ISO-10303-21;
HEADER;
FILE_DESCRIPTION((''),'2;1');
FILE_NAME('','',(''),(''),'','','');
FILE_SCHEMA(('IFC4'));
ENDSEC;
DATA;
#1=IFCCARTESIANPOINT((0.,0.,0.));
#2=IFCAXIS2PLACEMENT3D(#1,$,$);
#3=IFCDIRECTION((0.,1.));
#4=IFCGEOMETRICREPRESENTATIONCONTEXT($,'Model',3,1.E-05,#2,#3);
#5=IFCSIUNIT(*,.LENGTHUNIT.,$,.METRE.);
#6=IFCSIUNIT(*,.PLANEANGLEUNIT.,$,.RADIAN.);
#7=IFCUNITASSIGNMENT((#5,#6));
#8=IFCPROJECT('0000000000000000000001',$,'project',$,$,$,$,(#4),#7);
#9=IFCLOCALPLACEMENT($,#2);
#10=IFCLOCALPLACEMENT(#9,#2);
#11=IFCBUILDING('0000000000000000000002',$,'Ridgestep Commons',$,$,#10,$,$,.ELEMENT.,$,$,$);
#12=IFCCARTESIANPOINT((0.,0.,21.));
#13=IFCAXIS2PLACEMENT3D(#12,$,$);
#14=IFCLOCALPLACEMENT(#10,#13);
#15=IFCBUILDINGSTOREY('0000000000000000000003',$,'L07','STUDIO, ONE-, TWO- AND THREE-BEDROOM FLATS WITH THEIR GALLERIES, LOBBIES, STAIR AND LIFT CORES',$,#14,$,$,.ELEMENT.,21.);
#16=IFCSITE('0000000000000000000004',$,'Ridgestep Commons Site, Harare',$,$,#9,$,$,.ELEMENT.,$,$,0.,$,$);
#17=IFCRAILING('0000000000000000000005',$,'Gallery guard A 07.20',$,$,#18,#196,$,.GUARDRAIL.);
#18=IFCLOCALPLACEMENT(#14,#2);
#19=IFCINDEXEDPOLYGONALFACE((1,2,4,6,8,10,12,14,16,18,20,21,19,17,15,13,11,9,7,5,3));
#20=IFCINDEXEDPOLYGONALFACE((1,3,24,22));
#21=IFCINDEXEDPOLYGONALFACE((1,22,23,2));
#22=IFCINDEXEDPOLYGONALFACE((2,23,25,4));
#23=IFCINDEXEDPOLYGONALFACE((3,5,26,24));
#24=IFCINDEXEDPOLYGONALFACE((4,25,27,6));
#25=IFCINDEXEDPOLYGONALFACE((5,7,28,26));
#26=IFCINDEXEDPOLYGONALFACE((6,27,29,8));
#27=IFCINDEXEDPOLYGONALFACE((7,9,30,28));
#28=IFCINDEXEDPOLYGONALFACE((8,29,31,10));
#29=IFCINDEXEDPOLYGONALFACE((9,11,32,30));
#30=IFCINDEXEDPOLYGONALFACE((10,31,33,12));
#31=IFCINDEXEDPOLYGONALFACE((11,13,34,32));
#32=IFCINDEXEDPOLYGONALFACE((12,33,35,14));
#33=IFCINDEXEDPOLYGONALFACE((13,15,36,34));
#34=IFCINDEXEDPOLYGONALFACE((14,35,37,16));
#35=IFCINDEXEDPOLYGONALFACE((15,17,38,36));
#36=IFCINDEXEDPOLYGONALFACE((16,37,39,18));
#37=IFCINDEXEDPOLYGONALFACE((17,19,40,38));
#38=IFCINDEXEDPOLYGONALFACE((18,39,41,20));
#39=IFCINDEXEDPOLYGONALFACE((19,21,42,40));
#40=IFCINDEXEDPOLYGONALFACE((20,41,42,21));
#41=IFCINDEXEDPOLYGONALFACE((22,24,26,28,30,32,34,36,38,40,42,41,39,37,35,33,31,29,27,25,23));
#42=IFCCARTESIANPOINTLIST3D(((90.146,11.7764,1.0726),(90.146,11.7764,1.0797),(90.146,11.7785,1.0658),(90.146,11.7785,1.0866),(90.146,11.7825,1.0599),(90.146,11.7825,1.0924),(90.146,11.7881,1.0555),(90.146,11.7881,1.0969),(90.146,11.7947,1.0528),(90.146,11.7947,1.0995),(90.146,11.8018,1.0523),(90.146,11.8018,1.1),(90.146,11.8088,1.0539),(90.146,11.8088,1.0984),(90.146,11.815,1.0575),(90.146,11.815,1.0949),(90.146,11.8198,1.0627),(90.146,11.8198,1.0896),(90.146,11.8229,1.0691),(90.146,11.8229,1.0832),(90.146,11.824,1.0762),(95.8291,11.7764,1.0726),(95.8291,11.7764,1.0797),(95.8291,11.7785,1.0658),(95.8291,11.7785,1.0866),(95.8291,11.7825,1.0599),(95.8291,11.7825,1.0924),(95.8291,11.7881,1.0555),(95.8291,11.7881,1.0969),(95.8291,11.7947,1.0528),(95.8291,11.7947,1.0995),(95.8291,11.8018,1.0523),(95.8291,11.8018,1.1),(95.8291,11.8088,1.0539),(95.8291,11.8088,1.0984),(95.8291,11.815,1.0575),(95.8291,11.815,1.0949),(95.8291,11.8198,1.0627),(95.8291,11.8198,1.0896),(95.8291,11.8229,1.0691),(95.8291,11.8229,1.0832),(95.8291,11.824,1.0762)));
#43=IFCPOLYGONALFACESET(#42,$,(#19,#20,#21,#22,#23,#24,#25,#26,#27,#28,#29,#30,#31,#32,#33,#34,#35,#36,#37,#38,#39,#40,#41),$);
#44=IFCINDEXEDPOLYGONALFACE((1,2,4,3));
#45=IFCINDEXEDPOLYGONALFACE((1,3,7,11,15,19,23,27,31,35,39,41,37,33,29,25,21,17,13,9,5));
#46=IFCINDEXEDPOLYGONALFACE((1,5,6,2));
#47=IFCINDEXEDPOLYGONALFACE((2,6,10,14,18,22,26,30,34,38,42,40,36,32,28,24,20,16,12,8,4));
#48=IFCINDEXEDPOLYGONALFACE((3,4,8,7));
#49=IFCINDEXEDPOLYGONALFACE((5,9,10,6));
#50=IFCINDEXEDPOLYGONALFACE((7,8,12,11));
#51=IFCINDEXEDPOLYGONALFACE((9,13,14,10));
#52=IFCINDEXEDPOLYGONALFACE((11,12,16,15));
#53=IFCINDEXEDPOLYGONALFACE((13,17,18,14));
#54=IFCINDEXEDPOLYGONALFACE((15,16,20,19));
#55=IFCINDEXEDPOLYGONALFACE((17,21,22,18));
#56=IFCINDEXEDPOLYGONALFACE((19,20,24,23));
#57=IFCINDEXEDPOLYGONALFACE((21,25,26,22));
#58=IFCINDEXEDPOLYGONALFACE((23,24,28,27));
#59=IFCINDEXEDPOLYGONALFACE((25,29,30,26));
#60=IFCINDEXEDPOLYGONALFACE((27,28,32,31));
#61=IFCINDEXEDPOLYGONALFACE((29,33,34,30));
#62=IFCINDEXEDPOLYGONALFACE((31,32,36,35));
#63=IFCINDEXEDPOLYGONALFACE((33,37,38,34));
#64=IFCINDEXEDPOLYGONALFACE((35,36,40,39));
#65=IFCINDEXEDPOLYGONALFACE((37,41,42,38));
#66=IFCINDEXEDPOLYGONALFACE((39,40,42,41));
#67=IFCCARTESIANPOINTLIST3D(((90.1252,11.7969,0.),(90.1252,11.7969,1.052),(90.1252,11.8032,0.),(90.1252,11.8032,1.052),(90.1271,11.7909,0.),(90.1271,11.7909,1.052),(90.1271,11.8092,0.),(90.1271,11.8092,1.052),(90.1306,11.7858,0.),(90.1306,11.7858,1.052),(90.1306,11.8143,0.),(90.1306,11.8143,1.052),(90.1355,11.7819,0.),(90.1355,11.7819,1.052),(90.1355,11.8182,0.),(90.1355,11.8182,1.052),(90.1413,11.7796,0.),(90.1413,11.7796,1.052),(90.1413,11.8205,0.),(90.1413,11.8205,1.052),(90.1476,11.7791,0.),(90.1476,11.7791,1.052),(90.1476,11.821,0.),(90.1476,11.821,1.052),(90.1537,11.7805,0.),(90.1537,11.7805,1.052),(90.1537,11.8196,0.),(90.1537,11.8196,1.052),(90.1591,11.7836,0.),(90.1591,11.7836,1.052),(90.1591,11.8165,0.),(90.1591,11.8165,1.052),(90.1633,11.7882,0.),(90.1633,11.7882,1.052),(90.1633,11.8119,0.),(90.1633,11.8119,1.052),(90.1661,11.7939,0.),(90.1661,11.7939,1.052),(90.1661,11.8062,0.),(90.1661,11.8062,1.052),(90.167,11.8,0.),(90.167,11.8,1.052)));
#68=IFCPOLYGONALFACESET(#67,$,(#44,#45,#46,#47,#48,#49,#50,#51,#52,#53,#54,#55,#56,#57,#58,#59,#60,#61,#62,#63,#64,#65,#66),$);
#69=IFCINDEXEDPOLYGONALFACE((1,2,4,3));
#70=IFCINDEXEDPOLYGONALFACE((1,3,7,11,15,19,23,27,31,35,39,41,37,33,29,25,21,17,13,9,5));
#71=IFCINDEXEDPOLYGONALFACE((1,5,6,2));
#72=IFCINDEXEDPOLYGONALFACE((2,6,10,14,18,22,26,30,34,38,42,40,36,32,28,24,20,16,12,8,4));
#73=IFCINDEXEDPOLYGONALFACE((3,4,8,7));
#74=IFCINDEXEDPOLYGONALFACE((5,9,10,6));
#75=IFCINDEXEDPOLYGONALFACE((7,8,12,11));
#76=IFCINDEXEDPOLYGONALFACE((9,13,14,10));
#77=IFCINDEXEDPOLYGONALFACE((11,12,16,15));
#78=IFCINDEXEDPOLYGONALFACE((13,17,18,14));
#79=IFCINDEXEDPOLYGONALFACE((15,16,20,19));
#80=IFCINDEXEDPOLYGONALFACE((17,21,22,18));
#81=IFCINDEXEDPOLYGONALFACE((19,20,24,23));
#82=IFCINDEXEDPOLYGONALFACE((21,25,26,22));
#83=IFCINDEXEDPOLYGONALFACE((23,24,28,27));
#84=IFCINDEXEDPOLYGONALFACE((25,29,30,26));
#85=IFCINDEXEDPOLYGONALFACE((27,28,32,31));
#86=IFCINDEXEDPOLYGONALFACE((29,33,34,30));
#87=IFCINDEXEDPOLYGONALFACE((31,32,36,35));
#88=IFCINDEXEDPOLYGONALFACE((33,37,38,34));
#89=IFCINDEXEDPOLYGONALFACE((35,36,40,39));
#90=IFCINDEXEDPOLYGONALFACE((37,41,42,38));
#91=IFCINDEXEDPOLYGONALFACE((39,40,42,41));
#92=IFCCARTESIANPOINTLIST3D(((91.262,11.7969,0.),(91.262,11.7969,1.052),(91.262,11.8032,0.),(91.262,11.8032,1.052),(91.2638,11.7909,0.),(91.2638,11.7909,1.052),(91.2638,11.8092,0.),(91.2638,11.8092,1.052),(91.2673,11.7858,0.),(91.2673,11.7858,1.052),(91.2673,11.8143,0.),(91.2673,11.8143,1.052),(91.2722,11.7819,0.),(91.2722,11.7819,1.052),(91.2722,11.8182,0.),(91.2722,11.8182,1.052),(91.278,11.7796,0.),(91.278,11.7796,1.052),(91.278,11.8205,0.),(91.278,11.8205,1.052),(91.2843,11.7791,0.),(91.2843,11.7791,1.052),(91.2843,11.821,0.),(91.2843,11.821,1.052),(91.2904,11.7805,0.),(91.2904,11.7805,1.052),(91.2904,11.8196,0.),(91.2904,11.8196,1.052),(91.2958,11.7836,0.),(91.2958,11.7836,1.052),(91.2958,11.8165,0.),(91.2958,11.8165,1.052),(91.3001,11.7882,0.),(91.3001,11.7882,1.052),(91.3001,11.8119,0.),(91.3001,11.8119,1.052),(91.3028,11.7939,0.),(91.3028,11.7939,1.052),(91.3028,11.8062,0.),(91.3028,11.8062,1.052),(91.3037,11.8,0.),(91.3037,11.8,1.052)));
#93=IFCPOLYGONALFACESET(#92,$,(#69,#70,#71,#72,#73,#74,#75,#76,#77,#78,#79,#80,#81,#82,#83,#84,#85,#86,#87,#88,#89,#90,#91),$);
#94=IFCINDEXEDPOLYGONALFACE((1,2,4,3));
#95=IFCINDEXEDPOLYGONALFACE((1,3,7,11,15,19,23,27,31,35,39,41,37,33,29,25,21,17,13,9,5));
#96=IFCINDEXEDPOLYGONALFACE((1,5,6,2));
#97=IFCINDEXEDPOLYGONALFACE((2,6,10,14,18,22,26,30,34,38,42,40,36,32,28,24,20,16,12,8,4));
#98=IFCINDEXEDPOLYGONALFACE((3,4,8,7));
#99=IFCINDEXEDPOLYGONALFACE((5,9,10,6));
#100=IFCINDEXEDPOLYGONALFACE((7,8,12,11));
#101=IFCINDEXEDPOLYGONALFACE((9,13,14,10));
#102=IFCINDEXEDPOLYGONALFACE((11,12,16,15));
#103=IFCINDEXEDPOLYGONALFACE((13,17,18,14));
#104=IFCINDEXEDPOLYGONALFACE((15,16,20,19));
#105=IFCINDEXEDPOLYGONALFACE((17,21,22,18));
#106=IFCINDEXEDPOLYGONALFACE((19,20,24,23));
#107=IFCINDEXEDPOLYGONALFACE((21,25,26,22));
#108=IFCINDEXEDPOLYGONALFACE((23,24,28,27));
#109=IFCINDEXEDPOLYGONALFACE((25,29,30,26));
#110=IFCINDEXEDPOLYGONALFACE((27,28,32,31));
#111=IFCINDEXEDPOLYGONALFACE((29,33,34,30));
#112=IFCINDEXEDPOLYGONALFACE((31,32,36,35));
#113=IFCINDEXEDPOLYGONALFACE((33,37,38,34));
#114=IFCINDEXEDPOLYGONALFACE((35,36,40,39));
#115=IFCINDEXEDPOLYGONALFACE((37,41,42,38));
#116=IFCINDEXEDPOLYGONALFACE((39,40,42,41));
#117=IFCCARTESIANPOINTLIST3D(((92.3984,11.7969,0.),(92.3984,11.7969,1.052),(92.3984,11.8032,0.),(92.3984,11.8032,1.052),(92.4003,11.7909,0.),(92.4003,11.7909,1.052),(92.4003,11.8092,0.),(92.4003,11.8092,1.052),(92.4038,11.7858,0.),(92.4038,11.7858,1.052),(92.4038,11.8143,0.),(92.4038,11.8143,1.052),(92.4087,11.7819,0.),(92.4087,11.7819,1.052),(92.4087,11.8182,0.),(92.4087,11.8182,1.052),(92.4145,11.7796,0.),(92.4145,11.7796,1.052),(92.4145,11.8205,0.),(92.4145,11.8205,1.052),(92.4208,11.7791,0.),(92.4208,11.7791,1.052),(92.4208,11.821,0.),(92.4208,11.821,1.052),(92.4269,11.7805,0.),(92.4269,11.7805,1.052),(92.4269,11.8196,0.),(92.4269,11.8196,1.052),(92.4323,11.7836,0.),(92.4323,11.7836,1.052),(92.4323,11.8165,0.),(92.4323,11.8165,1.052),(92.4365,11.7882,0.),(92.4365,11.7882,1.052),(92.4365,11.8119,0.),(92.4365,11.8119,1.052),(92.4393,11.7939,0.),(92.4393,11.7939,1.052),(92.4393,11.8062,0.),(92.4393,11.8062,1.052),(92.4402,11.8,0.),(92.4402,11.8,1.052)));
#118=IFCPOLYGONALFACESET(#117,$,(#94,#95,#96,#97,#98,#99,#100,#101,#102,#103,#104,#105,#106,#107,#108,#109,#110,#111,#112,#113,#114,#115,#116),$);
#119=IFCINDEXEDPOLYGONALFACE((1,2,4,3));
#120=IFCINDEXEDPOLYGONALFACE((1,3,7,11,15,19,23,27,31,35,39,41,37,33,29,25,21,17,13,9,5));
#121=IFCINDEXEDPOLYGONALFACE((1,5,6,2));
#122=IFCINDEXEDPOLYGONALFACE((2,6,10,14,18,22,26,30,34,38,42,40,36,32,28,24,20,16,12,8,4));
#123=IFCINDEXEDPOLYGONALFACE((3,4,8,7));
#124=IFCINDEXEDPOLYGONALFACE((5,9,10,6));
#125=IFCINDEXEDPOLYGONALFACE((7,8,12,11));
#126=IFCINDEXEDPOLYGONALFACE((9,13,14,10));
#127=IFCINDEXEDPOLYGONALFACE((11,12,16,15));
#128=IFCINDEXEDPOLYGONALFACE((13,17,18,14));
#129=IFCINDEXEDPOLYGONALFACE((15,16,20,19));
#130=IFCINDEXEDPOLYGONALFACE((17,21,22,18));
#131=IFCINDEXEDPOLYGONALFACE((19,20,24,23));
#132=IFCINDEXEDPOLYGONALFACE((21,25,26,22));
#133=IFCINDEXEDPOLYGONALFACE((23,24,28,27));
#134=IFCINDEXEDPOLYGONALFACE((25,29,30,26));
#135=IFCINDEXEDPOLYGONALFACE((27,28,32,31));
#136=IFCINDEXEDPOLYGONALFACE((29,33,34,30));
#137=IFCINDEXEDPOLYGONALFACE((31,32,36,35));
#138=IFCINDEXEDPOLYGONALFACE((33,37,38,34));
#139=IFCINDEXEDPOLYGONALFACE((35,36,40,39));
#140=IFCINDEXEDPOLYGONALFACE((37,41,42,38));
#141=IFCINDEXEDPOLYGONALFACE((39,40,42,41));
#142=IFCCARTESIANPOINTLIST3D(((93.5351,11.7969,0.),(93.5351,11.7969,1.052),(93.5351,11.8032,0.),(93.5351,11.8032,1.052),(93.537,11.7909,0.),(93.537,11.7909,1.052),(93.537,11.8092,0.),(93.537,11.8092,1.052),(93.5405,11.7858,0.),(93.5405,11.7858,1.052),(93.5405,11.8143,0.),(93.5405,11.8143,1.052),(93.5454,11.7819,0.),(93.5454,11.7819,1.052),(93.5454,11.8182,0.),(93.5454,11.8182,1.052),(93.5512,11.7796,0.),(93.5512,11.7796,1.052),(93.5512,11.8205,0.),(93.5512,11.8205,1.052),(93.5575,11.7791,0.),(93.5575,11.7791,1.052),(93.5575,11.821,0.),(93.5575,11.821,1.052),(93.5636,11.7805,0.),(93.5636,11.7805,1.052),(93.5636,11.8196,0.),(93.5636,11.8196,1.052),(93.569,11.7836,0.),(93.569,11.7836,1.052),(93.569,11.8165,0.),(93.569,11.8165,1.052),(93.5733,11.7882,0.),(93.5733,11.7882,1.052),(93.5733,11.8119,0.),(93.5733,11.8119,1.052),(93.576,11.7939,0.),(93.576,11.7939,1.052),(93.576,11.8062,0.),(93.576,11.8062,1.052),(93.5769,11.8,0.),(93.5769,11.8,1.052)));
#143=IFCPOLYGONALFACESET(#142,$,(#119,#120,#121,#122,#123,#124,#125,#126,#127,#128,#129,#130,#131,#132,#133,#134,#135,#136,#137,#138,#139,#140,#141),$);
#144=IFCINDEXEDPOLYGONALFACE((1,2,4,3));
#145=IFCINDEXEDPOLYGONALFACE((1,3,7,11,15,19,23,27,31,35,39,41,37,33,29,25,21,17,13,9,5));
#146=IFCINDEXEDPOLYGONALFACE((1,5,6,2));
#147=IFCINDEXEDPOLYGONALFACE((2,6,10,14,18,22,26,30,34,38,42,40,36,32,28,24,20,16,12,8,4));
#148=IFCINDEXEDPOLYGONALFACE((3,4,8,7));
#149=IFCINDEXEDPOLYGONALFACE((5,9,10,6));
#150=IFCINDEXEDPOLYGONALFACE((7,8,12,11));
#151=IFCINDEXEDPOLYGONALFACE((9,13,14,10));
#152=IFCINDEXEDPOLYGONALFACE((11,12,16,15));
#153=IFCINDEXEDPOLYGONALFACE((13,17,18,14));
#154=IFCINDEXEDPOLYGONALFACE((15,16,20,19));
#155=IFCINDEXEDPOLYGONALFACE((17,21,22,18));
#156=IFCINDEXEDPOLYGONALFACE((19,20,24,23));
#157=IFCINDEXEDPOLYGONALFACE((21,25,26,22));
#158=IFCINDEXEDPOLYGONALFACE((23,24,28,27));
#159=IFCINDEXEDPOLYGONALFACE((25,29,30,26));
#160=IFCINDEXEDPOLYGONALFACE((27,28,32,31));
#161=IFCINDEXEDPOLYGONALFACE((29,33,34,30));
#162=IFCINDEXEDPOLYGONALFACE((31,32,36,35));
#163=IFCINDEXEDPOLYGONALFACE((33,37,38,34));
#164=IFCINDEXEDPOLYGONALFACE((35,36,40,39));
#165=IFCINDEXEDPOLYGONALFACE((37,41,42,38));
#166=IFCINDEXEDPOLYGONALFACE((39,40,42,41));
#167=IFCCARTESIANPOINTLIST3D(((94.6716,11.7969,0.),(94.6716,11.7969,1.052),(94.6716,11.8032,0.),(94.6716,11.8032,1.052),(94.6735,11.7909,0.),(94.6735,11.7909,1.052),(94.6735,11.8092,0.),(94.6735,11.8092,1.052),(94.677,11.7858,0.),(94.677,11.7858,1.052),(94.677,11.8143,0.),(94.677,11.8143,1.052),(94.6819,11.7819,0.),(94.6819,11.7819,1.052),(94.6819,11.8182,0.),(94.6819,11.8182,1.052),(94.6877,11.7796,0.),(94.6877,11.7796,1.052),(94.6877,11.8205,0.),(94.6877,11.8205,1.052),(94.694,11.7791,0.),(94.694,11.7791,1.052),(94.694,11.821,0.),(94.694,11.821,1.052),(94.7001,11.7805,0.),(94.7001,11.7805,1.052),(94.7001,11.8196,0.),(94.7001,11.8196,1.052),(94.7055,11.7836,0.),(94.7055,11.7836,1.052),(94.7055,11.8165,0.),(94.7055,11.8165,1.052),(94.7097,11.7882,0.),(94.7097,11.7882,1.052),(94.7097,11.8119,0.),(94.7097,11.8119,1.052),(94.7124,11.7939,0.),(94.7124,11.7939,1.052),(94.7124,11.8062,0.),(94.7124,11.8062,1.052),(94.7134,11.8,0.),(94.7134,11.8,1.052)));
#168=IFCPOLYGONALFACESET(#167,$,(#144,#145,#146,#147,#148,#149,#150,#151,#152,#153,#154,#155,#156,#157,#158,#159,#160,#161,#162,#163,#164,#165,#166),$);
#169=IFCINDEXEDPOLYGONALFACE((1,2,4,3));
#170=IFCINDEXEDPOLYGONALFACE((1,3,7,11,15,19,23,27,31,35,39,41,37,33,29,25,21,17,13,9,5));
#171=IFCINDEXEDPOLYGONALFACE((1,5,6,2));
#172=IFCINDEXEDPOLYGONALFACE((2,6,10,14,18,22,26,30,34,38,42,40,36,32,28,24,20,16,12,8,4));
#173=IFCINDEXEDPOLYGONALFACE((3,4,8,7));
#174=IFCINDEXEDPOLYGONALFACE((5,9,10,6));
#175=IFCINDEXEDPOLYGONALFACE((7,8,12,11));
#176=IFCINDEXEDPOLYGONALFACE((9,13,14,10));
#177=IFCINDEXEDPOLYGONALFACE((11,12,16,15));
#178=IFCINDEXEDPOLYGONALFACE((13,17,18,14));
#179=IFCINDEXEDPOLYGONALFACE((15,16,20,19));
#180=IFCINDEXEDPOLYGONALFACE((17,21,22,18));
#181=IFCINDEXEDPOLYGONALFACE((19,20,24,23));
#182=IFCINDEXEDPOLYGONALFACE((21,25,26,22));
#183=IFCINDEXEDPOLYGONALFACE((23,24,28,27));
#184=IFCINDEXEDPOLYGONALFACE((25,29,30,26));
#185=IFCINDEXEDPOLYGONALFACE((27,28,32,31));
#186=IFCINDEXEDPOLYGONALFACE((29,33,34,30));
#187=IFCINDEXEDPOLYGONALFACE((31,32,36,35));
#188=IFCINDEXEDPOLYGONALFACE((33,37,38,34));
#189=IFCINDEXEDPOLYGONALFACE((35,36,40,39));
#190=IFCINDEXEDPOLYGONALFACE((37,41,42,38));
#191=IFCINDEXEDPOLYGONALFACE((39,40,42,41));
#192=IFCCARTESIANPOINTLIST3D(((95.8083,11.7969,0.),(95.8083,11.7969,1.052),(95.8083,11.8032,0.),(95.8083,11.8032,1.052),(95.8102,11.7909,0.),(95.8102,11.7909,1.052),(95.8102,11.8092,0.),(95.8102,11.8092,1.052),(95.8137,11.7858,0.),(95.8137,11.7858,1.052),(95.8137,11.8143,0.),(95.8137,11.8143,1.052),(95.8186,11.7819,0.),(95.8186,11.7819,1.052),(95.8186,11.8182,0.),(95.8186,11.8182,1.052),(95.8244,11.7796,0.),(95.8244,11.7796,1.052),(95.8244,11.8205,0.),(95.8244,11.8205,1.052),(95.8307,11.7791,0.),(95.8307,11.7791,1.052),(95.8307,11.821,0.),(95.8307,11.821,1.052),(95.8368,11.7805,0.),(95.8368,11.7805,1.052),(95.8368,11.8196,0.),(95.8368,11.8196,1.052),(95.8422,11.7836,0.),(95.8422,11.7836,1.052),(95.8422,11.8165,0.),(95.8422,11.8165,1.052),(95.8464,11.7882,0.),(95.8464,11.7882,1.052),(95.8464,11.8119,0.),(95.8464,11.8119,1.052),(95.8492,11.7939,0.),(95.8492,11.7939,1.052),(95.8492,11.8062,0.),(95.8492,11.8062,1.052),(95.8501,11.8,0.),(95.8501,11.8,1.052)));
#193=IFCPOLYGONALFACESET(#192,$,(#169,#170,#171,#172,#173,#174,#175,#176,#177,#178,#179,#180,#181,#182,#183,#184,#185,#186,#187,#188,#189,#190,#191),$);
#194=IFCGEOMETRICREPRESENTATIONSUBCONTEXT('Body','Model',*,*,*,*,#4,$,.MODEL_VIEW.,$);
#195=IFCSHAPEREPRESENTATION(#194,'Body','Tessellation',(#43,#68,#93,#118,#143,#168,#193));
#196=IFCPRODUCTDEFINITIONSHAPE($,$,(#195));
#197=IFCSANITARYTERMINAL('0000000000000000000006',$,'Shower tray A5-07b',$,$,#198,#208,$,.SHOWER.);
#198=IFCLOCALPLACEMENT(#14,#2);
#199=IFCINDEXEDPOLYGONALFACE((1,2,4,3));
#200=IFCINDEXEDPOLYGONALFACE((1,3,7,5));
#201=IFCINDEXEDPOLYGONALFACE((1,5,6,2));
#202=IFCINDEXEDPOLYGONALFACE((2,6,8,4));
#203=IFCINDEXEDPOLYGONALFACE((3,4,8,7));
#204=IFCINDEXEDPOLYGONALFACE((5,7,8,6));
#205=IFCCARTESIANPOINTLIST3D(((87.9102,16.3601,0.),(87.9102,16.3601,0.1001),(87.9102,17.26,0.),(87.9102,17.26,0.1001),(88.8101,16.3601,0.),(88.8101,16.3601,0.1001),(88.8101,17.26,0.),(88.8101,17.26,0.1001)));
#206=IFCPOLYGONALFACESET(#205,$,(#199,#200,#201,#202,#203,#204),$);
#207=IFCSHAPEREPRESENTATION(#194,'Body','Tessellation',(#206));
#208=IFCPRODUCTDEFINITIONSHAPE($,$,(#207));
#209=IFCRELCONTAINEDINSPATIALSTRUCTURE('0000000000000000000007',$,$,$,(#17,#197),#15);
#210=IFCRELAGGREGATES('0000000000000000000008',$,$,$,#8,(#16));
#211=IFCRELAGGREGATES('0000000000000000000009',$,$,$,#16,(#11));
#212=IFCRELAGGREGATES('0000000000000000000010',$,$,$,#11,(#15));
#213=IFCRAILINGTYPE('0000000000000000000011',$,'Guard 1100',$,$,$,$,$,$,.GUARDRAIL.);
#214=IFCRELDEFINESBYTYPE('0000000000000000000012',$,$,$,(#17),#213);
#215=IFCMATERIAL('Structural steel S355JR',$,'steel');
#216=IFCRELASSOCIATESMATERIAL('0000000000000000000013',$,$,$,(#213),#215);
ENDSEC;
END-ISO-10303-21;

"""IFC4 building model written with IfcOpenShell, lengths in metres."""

from ifc_helpers import new_model, si_unit, direction, frame, origin, origin_2d, place, context, subcontext, project, spatial, rectangle, circle, extrude, material, type_object, element, save


model = new_model("IFC4")

# Units and contexts
model_context = context("Model", 3, precision=1e-05, world=origin(), true_north=direction((0.0, 1.0)))
body_context = subcontext(model_context, "Body", "Model", "MODEL_VIEW")
ifc_project = project(units=[si_unit("LENGTHUNIT", "METRE"), si_unit("PLANEANGLEUNIT", "RADIAN")], contexts=[model_context])

# Site, building, storey
site_placement = place(None, origin())
site = spatial("IfcSite", under=ifc_project, at=site_placement, Name="Ridgestep Commons Site, Harare", CompositionType="ELEMENT", RefElevation=0.0)
building_placement = place(site_placement, origin())
building = spatial("IfcBuilding", under=site, at=building_placement, Name="Ridgestep Commons", CompositionType="ELEMENT")
storey_placement = place(building_placement, frame((0.0, 0.0, 21.0)))
storey = spatial("IfcBuildingStorey", under=building, at=storey_placement, Name="L07", Description="STUDIO, ONE-, TWO- AND THREE-BEDROOM FLATS WITH THEIR GALLERIES, LOBBIES, STAIR AND LIFT CORES", CompositionType="ELEMENT", Elevation=21.0)

# Railing
ifc_material_1 = material(Name="Structural steel S355JR", Category="steel")
railing_type = type_object("IfcRailingType", Name="Guard 1100", PredefinedType="GUARDRAIL", material=ifc_material_1)
railing_1_placement = place(storey_placement, frame((90.146, 11.8, 0.0)))
element("IfcRailing", 1, at=railing_1_placement, inside=storey, type_object=railing_type, Name="Gallery guard A 07.20", PredefinedType="GUARDRAIL", context=body_context, shape_type="SweptSolid", body=[
    extrude(circle(Radius=0.0239, at=origin_2d()), frame((0.0, 0.0, 1.0762), z_axis=(1.0, 0.0, 0.0), x_axis=(0.0, 1.0, 0.0)), (0.0, 0.0, 1.0), 5.6831),
    extrude(circle(Radius=0.021, at=origin_2d()), origin(), (0.0, 0.0, 1.0), 1.052),
    extrude(circle(Radius=0.021, at=origin_2d()), frame((1.1367, 0.0, 0.0)), (0.0, 0.0, 1.0), 1.052),
    extrude(circle(Radius=0.021, at=origin_2d()), frame((2.2732, 0.0, 0.0)), (0.0, 0.0, 1.0), 1.052),
    extrude(circle(Radius=0.021, at=origin_2d()), frame((3.4099, 0.0, 0.0)), (0.0, 0.0, 1.0), 1.052),
    extrude(circle(Radius=0.021, at=origin_2d()), frame((4.5464, 0.0, 0.0)), (0.0, 0.0, 1.0), 1.052),
    extrude(circle(Radius=0.021, at=origin_2d()), frame((5.6831, 0.0, 0.0)), (0.0, 0.0, 1.0), 1.052),
])

# Sanitary terminal
sanitary_terminal_1_placement = place(storey_placement, frame((88.3601, 16.8101, 0.0), z_axis=(0.0, 0.0, 1.0), x_axis=(1.0, 0.0, 0.0)))
element("IfcSanitaryTerminal", 2, at=sanitary_terminal_1_placement, inside=storey, Name="Shower tray A5-07b", PredefinedType="SHOWER", context=body_context, shape_type="SweptSolid", body=[
    extrude(rectangle(XDim=0.8999, YDim=0.8999, at=origin_2d()), origin(), (0.0, 0.0, 1.0), 0.1001),
])

save(model, "model.ifc")
